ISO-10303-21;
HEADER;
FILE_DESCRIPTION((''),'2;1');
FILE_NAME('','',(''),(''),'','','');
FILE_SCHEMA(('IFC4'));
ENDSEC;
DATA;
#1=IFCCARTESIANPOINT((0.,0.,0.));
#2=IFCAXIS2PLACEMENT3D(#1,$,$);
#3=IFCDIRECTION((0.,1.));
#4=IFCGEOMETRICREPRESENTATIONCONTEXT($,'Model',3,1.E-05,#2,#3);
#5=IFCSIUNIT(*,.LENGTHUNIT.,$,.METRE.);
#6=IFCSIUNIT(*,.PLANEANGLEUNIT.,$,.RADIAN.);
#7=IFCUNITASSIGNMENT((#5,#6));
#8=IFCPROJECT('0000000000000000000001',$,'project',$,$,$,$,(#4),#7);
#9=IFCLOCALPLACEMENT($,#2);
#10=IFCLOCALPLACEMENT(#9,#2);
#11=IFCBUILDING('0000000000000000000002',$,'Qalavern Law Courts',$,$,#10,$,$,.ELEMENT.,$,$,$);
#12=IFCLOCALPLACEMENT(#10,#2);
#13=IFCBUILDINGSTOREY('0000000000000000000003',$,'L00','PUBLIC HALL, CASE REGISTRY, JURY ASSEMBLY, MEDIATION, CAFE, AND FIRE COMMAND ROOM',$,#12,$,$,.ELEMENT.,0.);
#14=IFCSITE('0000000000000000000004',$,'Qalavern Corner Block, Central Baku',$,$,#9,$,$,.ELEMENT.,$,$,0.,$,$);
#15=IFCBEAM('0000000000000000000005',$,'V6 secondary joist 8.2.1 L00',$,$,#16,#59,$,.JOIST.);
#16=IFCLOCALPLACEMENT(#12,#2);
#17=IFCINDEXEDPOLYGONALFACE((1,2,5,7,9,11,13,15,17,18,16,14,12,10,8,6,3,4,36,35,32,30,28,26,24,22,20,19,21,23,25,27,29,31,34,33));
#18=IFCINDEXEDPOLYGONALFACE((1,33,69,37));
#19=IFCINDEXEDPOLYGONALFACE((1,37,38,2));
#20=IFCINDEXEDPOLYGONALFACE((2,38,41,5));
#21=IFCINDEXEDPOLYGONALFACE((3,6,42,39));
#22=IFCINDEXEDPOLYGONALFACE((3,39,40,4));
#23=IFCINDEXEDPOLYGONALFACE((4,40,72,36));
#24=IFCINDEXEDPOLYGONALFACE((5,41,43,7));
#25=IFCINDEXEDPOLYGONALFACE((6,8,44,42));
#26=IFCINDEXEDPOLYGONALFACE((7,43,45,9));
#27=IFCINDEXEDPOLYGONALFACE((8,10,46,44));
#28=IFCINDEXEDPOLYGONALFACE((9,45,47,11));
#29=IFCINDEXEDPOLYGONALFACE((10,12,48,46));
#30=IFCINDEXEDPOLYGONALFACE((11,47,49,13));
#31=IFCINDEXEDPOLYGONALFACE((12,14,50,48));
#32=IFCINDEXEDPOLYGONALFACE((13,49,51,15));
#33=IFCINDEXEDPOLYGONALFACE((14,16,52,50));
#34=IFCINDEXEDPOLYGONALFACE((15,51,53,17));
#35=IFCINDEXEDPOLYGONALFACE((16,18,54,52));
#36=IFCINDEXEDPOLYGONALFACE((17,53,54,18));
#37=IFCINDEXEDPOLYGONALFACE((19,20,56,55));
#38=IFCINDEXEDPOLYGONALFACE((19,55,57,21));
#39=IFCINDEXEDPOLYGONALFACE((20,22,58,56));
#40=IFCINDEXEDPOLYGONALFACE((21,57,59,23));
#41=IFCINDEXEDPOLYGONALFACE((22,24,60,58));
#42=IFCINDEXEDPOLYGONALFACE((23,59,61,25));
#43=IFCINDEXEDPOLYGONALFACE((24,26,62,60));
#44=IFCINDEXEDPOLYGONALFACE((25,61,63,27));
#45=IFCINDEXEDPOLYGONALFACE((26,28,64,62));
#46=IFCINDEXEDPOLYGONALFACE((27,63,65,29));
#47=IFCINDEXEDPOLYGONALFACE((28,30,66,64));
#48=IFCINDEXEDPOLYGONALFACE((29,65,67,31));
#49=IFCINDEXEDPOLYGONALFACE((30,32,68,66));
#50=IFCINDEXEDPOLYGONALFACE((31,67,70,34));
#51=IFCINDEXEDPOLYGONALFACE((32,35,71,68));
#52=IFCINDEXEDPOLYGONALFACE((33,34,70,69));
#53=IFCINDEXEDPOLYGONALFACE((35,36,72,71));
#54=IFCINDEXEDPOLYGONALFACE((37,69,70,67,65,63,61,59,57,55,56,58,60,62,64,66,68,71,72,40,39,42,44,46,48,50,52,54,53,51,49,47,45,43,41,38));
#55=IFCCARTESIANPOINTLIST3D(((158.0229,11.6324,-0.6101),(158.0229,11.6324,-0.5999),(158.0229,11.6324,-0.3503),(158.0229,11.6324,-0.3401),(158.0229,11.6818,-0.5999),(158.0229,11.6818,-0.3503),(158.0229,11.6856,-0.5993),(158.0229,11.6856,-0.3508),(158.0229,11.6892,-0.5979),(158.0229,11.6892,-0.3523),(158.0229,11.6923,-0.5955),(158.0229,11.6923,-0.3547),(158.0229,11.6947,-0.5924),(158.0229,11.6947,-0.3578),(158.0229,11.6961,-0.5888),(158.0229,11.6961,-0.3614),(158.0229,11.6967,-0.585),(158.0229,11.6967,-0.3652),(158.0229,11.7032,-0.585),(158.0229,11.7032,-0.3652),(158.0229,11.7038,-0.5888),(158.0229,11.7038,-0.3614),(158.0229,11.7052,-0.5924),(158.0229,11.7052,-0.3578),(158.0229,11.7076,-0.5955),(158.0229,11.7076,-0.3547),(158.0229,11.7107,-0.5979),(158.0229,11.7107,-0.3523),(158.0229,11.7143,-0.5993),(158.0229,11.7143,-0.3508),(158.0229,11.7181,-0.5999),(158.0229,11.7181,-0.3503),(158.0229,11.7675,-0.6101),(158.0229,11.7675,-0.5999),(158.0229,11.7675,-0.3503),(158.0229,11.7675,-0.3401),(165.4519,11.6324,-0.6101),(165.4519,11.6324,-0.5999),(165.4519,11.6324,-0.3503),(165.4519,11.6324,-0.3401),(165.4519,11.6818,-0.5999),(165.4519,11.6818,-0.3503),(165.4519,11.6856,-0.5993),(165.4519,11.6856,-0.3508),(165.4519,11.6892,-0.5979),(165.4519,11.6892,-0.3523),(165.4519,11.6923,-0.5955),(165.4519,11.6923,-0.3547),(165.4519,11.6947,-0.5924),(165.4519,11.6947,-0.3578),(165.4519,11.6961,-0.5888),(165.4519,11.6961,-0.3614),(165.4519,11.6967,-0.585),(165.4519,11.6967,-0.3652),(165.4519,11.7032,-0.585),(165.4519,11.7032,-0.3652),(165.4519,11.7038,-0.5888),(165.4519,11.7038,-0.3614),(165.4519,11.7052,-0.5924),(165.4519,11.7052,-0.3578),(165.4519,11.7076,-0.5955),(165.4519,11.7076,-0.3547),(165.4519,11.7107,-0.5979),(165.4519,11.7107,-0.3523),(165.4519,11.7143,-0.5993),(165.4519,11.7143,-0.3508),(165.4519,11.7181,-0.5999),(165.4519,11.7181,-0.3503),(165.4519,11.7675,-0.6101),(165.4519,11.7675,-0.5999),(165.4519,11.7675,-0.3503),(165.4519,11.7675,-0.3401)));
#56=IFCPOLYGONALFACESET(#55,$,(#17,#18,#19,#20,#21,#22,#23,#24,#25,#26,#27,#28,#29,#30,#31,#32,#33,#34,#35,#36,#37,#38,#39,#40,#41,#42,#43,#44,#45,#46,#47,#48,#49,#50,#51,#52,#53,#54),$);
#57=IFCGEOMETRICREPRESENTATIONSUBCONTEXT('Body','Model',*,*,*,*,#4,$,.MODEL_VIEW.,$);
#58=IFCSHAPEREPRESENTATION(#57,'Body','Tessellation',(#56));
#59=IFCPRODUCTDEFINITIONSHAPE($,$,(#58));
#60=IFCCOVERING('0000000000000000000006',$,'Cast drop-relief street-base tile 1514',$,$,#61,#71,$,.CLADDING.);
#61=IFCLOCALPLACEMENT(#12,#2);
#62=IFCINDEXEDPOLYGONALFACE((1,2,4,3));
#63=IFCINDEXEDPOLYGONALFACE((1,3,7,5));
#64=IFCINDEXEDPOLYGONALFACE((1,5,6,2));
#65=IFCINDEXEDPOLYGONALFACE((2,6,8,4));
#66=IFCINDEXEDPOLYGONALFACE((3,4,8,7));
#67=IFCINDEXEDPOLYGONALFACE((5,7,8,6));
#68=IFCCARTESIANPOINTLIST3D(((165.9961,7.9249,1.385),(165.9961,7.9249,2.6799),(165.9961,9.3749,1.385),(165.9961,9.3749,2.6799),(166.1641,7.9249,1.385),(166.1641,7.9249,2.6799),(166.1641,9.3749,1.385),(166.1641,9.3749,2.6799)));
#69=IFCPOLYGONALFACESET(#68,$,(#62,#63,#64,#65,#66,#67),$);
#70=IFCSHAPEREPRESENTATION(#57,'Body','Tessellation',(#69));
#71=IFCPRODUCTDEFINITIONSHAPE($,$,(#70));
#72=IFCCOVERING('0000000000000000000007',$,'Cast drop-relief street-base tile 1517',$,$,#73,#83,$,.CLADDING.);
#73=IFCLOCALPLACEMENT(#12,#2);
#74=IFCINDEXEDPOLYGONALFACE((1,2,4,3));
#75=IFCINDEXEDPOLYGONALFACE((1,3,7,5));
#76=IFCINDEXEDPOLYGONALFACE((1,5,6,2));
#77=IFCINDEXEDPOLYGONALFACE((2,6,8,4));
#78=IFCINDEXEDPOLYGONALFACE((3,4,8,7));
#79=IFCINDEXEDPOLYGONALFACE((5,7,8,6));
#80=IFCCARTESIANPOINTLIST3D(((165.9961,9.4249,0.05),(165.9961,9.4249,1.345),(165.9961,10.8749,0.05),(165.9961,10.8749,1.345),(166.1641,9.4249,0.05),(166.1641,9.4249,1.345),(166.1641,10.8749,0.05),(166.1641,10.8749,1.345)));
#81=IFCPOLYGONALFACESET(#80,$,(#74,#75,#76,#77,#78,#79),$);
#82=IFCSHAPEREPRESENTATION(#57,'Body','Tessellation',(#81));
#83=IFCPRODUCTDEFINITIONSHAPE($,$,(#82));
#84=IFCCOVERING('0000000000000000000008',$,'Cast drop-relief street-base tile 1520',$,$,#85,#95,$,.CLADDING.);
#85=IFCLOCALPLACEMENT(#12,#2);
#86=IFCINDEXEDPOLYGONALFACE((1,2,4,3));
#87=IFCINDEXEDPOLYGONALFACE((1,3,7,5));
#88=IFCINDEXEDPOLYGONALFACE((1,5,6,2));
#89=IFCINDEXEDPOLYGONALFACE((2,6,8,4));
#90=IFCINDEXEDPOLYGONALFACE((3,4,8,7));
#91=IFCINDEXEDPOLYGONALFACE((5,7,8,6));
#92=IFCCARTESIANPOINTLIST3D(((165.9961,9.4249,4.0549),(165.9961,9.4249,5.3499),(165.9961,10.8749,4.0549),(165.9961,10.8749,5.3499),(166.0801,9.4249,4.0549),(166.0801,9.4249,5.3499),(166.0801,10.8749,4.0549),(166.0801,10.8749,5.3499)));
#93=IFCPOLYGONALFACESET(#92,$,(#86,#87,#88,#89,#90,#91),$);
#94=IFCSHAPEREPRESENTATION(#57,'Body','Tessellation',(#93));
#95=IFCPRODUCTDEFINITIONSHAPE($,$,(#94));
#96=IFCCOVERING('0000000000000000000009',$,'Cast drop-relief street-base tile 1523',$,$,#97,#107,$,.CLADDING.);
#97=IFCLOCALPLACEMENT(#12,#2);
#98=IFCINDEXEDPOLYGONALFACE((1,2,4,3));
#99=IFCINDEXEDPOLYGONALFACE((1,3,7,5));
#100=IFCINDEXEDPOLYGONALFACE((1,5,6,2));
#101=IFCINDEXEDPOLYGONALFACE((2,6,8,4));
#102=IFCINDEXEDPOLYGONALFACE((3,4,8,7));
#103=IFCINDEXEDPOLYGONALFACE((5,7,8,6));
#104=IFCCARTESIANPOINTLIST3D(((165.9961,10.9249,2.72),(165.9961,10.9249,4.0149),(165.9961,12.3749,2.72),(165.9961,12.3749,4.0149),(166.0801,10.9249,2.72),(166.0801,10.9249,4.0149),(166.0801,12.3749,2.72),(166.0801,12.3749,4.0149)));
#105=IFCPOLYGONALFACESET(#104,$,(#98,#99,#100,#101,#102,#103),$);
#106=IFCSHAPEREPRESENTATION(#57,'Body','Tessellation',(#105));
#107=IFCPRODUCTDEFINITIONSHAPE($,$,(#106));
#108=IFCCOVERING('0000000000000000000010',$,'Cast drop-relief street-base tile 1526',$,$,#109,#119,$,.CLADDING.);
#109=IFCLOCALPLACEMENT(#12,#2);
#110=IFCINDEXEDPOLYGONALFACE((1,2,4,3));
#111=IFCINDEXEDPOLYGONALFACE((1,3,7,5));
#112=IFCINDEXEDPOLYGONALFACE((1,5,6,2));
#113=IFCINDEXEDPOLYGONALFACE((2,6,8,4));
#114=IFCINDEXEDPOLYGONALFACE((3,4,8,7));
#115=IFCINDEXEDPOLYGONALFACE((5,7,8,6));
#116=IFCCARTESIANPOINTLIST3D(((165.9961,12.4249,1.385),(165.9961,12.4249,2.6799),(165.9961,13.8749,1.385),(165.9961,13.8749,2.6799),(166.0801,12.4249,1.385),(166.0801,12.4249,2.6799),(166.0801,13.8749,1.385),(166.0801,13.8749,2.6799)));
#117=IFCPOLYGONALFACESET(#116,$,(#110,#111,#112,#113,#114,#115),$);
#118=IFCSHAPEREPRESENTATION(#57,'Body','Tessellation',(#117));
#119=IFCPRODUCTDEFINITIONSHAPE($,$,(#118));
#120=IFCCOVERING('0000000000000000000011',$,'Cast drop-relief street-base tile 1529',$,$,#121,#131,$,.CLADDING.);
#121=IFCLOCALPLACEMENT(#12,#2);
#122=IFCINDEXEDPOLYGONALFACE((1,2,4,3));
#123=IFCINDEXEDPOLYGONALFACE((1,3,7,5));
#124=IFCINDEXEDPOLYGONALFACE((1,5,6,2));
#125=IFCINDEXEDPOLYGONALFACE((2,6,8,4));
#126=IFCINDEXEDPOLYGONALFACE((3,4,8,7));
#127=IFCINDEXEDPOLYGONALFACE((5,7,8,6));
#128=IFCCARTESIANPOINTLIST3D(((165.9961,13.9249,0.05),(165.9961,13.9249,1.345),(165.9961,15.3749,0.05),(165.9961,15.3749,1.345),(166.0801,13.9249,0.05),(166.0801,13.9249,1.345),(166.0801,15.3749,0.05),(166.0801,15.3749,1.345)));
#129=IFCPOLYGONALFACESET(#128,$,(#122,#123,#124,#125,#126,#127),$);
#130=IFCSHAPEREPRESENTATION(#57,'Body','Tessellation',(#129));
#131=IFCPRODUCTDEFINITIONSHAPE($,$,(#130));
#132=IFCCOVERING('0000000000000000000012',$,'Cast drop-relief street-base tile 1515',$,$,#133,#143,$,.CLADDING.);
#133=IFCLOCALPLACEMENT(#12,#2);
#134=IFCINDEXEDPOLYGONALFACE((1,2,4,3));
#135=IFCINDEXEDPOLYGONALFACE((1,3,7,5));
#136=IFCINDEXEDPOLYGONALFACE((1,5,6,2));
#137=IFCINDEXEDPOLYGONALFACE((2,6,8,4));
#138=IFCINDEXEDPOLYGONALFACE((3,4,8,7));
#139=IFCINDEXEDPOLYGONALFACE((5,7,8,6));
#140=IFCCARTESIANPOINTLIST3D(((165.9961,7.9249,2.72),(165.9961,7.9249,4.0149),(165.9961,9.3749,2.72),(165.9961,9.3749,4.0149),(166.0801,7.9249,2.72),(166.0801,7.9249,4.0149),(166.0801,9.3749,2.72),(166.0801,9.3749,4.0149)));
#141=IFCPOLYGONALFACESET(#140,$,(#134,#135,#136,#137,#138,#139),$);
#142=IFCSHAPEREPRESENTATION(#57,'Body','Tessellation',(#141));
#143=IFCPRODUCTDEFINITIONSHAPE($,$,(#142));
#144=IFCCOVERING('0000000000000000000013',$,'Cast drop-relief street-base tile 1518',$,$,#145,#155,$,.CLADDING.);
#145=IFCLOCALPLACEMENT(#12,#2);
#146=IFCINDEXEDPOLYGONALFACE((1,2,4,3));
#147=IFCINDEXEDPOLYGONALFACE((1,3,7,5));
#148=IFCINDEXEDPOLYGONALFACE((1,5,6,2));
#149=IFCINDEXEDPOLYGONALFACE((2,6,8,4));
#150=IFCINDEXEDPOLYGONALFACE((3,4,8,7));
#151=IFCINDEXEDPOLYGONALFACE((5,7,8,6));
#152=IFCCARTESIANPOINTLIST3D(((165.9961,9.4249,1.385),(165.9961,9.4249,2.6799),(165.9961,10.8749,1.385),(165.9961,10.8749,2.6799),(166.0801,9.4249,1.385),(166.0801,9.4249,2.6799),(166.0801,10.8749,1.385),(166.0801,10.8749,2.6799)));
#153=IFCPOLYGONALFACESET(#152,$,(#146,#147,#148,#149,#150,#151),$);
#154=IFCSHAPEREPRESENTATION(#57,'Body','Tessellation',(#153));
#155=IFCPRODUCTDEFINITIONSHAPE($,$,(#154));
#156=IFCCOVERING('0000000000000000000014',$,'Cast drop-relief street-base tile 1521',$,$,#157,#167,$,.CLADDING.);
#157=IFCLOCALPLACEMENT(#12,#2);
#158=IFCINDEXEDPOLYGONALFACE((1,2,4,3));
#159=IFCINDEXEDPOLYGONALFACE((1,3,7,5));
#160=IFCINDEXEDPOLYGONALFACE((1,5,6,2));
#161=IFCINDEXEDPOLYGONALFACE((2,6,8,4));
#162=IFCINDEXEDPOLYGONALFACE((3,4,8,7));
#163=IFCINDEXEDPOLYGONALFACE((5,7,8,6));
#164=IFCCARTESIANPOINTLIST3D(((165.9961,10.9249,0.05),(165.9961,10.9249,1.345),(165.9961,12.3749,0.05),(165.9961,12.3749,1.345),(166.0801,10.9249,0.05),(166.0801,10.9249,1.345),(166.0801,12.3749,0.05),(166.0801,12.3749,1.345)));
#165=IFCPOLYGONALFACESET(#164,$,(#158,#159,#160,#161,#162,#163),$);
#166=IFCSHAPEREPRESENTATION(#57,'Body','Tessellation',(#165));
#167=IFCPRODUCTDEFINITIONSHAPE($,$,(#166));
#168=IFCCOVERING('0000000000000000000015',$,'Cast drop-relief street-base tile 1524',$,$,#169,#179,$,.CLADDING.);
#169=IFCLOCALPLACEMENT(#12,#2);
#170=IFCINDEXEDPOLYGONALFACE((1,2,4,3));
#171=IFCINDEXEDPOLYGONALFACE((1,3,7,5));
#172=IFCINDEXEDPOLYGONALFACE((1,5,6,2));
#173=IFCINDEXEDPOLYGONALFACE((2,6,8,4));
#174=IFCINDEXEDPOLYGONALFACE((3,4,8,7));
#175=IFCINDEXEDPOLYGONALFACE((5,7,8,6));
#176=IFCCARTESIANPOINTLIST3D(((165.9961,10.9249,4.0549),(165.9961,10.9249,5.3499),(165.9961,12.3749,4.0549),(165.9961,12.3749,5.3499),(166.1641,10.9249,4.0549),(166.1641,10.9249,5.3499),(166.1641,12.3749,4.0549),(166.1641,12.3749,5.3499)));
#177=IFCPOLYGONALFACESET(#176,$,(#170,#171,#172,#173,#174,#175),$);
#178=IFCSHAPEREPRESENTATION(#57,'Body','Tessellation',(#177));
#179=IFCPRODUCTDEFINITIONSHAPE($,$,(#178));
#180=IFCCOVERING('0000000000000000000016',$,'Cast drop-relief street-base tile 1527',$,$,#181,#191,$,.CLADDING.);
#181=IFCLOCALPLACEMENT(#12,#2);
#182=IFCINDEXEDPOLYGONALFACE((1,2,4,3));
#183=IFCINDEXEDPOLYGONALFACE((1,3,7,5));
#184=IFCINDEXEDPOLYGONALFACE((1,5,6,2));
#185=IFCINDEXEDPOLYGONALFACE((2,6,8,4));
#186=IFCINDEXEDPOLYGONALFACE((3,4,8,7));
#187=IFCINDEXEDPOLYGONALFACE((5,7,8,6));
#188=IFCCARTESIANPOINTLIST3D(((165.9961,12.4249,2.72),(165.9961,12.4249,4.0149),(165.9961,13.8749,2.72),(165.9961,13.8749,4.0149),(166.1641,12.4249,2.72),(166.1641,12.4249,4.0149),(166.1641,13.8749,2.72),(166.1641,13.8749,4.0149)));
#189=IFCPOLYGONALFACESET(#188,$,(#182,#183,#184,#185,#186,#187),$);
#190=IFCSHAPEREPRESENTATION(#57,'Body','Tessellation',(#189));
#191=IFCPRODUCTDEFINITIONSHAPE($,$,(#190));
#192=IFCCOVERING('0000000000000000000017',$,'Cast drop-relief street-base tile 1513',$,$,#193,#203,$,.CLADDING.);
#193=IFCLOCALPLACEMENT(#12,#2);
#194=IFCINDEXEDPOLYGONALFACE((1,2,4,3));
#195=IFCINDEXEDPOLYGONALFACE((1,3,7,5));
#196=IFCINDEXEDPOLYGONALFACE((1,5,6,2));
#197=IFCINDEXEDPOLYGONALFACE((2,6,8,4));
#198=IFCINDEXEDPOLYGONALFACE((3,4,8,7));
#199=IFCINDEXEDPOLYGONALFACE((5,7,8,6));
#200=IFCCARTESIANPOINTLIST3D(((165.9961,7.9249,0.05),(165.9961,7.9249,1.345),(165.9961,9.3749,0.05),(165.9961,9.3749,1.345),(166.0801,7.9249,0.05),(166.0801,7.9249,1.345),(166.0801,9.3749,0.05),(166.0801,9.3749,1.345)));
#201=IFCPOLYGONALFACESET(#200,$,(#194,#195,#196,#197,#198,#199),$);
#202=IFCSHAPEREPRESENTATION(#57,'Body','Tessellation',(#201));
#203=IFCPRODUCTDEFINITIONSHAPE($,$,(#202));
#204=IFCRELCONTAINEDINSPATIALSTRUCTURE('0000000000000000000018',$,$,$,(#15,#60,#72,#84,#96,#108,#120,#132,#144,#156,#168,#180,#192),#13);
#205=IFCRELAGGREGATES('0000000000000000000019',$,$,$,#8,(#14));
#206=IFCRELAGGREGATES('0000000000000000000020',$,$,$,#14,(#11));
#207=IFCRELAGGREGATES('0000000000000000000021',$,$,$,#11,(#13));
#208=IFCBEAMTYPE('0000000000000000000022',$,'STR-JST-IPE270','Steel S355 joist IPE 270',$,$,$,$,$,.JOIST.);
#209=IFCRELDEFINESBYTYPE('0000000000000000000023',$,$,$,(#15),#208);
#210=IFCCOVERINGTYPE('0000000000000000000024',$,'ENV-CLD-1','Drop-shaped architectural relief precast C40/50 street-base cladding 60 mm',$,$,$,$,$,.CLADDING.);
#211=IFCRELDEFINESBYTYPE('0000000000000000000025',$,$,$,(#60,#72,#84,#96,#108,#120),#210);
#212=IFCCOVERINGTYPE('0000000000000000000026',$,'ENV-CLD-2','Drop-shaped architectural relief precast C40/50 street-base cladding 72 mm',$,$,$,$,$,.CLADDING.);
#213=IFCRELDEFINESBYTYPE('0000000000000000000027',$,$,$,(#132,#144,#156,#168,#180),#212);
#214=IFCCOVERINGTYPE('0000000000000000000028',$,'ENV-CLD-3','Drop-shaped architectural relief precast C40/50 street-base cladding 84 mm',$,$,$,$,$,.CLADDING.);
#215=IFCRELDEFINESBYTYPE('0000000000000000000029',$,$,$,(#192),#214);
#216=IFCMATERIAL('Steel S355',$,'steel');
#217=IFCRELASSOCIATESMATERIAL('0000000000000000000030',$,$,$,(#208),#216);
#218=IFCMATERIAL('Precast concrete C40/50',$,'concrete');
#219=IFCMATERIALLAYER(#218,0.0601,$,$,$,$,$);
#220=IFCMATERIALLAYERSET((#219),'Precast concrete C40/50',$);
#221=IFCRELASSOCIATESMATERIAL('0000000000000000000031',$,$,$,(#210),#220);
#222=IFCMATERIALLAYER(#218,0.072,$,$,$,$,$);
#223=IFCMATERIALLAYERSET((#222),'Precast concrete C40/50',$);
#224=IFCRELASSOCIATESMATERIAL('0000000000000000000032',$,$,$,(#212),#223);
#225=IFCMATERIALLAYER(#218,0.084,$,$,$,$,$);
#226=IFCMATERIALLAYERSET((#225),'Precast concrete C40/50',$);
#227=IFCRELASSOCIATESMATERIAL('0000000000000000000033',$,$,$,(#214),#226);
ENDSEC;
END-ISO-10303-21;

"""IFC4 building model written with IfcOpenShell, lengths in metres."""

from ifc_helpers import new_model, si_unit, direction, frame, origin, origin_2d, place, context, subcontext, project, spatial, rectangle, i_section, extrude, material, layer, layer_set, material_profile, profile_set, type_object, element, save


model = new_model("IFC4")

# Units and contexts
model_context = context("Model", 3, precision=1e-05, world=origin(), true_north=direction((0.0, 1.0)))
body_context = subcontext(model_context, "Body", "Model", "MODEL_VIEW")
ifc_project = project(units=[si_unit("LENGTHUNIT", "METRE"), si_unit("PLANEANGLEUNIT", "RADIAN")], contexts=[model_context])

# Site, building, storey
site_placement = place(None, origin())
site = spatial("IfcSite", under=ifc_project, at=site_placement, Name="Qalavern Corner Block, Central Baku", CompositionType="ELEMENT", RefElevation=0.0)
building_placement = place(site_placement, origin())
building = spatial("IfcBuilding", under=site, at=building_placement, Name="Qalavern Law Courts", CompositionType="ELEMENT")
storey_placement = place(building_placement, origin())
storey = spatial("IfcBuildingStorey", under=building, at=storey_placement, Name="L00", Description="PUBLIC HALL, CASE REGISTRY, JURY ASSEMBLY, MEDIATION, CAFE, AND FIRE COMMAND ROOM", CompositionType="ELEMENT", Elevation=0.0)

# Beam
ifc_material_1 = material(Name="Steel S355", Category="steel")
ifc_material_profile = material_profile(ifc_material_1, i_section(OverallWidth=0.135, OverallDepth=0.27, WebThickness=0.0066, FlangeThickness=0.0103, FilletRadius=0.0149, at=origin_2d()), Name="IPE 270")
ifc_profile_set = profile_set([ifc_material_profile], Name="Steel S355")
beam_type = type_object("IfcBeamType", Name="STR-JST-IPE270", Description="Steel S355 joist IPE 270", PredefinedType="JOIST", material=ifc_profile_set)
beam_placement = place(storey_placement, frame((158.0229, 11.7, -0.4751), z_axis=(1.0, 0.0, 0.0), x_axis=(0.0, 1.0, 0.0)))
element("IfcBeam", 1, at=beam_placement, inside=storey, type_object=beam_type, Name="V6 secondary joist 8.2.1 L00", PredefinedType="JOIST", context=body_context, shape_type="SweptSolid", body=[
    extrude(i_section(OverallWidth=0.135, OverallDepth=0.27, WebThickness=0.0066, FlangeThickness=0.0103, FilletRadius=0.0149, at=origin_2d()), origin(), (0.0, 0.0, 1.0), 7.429),
])

# Coverings
ifc_material_2 = material(Name="Precast concrete C40/50", Category="concrete")
ifc_layer_1 = layer(ifc_material_2, 0.0601)
ifc_layer_set_1 = layer_set([ifc_layer_1], Name="Precast concrete C40/50")
covering_type_1 = type_object("IfcCoveringType", Name="ENV-CLD-1", Description="Drop-shaped architectural relief precast C40/50 street-base cladding 60 mm", PredefinedType="CLADDING", material=ifc_layer_set_1)
for number, where, z_axis, x_axis, name in (
    (2, (166.0801, 8.6499, 1.385), (0.0, 0.0, 1.0), (0.0, 1.0, 0.0), "Cast drop-relief street-base tile 1514"),
    (3, (166.0801, 10.1499, 0.05), (0.0, 0.0, 1.0), (0.0, 1.0, 0.0), "Cast drop-relief street-base tile 1517"),
):
    element("IfcCovering", number, at=place(storey_placement, frame(where, z_axis=z_axis, x_axis=x_axis)), inside=storey, type_object=covering_type_1, Name=name, PredefinedType="CLADDING", context=body_context, shape_type="SweptSolid", body=[
        extrude(rectangle(XDim=1.45, YDim=0.168, at=origin_2d()), origin(), (0.0, 0.0, 1.0), 1.2949),
    ])
for number, where, z_axis, x_axis, name in (
    (4, (166.0381, 10.1499, 4.0549), (0.0, 0.0, 1.0), (0.0, 1.0, 0.0), "Cast drop-relief street-base tile 1520"),
    (5, (166.0381, 11.6499, 2.72), (0.0, 0.0, 1.0), (0.0, 1.0, 0.0), "Cast drop-relief street-base tile 1523"),
    (6, (166.0381, 13.1499, 1.385), (0.0, 0.0, 1.0), (0.0, 1.0, 0.0), "Cast drop-relief street-base tile 1526"),
    (7, (166.0381, 14.6499, 0.05), (0.0, 0.0, 1.0), (0.0, 1.0, 0.0), "Cast drop-relief street-base tile 1529"),
):
    element("IfcCovering", number, at=place(storey_placement, frame(where, z_axis=z_axis, x_axis=x_axis)), inside=storey, type_object=covering_type_1, Name=name, PredefinedType="CLADDING", context=body_context, shape_type="SweptSolid", body=[
        extrude(rectangle(XDim=1.45, YDim=0.084, at=origin_2d()), origin(), (0.0, 0.0, 1.0), 1.2949),
    ])
ifc_layer_2 = layer(ifc_material_2, 0.072)
ifc_layer_set_2 = layer_set([ifc_layer_2], Name="Precast concrete C40/50")
covering_type_2 = type_object("IfcCoveringType", Name="ENV-CLD-2", Description="Drop-shaped architectural relief precast C40/50 street-base cladding 72 mm", PredefinedType="CLADDING", material=ifc_layer_set_2)
for number, where, z_axis, x_axis, name in (
    (8, (166.0381, 8.6499, 2.72), (0.0, 0.0, 1.0), (0.0, 1.0, 0.0), "Cast drop-relief street-base tile 1515"),
    (9, (166.0381, 10.1499, 1.385), (0.0, 0.0, 1.0), (0.0, 1.0, 0.0), "Cast drop-relief street-base tile 1518"),
    (10, (166.0381, 11.6499, 0.05), (0.0, 0.0, 1.0), (0.0, 1.0, 0.0), "Cast drop-relief street-base tile 1521"),
):
    element("IfcCovering", number, at=place(storey_placement, frame(where, z_axis=z_axis, x_axis=x_axis)), inside=storey, type_object=covering_type_2, Name=name, PredefinedType="CLADDING", context=body_context, shape_type="SweptSolid", body=[
        extrude(rectangle(XDim=1.45, YDim=0.084, at=origin_2d()), origin(), (0.0, 0.0, 1.0), 1.2949),
    ])
for number, where, z_axis, x_axis, name in (
    (11, (166.0801, 11.6499, 4.0549), (0.0, 0.0, 1.0), (0.0, 1.0, 0.0), "Cast drop-relief street-base tile 1524"),
    (12, (166.0801, 13.1499, 2.72), (0.0, 0.0, 1.0), (0.0, 1.0, 0.0), "Cast drop-relief street-base tile 1527"),
):
    element("IfcCovering", number, at=place(storey_placement, frame(where, z_axis=z_axis, x_axis=x_axis)), inside=storey, type_object=covering_type_2, Name=name, PredefinedType="CLADDING", context=body_context, shape_type="SweptSolid", body=[
        extrude(rectangle(XDim=1.45, YDim=0.168, at=origin_2d()), origin(), (0.0, 0.0, 1.0), 1.2949),
    ])
ifc_layer_3 = layer(ifc_material_2, 0.084)
ifc_layer_set_3 = layer_set([ifc_layer_3], Name="Precast concrete C40/50")
covering_type_3 = type_object("IfcCoveringType", Name="ENV-CLD-3", Description="Drop-shaped architectural relief precast C40/50 street-base cladding 84 mm", PredefinedType="CLADDING", material=ifc_layer_set_3)
covering_placement = place(storey_placement, frame((166.0381, 8.6499, 0.05), z_axis=(0.0, 0.0, 1.0), x_axis=(0.0, 1.0, 0.0)))
element("IfcCovering", 13, at=covering_placement, inside=storey, type_object=covering_type_3, Name="Cast drop-relief street-base tile 1513", PredefinedType="CLADDING", context=body_context, shape_type="SweptSolid", body=[
    extrude(rectangle(XDim=1.45, YDim=0.084, at=origin_2d()), origin(), (0.0, 0.0, 1.0), 1.2949),
])

save(model, "model.ifc")
